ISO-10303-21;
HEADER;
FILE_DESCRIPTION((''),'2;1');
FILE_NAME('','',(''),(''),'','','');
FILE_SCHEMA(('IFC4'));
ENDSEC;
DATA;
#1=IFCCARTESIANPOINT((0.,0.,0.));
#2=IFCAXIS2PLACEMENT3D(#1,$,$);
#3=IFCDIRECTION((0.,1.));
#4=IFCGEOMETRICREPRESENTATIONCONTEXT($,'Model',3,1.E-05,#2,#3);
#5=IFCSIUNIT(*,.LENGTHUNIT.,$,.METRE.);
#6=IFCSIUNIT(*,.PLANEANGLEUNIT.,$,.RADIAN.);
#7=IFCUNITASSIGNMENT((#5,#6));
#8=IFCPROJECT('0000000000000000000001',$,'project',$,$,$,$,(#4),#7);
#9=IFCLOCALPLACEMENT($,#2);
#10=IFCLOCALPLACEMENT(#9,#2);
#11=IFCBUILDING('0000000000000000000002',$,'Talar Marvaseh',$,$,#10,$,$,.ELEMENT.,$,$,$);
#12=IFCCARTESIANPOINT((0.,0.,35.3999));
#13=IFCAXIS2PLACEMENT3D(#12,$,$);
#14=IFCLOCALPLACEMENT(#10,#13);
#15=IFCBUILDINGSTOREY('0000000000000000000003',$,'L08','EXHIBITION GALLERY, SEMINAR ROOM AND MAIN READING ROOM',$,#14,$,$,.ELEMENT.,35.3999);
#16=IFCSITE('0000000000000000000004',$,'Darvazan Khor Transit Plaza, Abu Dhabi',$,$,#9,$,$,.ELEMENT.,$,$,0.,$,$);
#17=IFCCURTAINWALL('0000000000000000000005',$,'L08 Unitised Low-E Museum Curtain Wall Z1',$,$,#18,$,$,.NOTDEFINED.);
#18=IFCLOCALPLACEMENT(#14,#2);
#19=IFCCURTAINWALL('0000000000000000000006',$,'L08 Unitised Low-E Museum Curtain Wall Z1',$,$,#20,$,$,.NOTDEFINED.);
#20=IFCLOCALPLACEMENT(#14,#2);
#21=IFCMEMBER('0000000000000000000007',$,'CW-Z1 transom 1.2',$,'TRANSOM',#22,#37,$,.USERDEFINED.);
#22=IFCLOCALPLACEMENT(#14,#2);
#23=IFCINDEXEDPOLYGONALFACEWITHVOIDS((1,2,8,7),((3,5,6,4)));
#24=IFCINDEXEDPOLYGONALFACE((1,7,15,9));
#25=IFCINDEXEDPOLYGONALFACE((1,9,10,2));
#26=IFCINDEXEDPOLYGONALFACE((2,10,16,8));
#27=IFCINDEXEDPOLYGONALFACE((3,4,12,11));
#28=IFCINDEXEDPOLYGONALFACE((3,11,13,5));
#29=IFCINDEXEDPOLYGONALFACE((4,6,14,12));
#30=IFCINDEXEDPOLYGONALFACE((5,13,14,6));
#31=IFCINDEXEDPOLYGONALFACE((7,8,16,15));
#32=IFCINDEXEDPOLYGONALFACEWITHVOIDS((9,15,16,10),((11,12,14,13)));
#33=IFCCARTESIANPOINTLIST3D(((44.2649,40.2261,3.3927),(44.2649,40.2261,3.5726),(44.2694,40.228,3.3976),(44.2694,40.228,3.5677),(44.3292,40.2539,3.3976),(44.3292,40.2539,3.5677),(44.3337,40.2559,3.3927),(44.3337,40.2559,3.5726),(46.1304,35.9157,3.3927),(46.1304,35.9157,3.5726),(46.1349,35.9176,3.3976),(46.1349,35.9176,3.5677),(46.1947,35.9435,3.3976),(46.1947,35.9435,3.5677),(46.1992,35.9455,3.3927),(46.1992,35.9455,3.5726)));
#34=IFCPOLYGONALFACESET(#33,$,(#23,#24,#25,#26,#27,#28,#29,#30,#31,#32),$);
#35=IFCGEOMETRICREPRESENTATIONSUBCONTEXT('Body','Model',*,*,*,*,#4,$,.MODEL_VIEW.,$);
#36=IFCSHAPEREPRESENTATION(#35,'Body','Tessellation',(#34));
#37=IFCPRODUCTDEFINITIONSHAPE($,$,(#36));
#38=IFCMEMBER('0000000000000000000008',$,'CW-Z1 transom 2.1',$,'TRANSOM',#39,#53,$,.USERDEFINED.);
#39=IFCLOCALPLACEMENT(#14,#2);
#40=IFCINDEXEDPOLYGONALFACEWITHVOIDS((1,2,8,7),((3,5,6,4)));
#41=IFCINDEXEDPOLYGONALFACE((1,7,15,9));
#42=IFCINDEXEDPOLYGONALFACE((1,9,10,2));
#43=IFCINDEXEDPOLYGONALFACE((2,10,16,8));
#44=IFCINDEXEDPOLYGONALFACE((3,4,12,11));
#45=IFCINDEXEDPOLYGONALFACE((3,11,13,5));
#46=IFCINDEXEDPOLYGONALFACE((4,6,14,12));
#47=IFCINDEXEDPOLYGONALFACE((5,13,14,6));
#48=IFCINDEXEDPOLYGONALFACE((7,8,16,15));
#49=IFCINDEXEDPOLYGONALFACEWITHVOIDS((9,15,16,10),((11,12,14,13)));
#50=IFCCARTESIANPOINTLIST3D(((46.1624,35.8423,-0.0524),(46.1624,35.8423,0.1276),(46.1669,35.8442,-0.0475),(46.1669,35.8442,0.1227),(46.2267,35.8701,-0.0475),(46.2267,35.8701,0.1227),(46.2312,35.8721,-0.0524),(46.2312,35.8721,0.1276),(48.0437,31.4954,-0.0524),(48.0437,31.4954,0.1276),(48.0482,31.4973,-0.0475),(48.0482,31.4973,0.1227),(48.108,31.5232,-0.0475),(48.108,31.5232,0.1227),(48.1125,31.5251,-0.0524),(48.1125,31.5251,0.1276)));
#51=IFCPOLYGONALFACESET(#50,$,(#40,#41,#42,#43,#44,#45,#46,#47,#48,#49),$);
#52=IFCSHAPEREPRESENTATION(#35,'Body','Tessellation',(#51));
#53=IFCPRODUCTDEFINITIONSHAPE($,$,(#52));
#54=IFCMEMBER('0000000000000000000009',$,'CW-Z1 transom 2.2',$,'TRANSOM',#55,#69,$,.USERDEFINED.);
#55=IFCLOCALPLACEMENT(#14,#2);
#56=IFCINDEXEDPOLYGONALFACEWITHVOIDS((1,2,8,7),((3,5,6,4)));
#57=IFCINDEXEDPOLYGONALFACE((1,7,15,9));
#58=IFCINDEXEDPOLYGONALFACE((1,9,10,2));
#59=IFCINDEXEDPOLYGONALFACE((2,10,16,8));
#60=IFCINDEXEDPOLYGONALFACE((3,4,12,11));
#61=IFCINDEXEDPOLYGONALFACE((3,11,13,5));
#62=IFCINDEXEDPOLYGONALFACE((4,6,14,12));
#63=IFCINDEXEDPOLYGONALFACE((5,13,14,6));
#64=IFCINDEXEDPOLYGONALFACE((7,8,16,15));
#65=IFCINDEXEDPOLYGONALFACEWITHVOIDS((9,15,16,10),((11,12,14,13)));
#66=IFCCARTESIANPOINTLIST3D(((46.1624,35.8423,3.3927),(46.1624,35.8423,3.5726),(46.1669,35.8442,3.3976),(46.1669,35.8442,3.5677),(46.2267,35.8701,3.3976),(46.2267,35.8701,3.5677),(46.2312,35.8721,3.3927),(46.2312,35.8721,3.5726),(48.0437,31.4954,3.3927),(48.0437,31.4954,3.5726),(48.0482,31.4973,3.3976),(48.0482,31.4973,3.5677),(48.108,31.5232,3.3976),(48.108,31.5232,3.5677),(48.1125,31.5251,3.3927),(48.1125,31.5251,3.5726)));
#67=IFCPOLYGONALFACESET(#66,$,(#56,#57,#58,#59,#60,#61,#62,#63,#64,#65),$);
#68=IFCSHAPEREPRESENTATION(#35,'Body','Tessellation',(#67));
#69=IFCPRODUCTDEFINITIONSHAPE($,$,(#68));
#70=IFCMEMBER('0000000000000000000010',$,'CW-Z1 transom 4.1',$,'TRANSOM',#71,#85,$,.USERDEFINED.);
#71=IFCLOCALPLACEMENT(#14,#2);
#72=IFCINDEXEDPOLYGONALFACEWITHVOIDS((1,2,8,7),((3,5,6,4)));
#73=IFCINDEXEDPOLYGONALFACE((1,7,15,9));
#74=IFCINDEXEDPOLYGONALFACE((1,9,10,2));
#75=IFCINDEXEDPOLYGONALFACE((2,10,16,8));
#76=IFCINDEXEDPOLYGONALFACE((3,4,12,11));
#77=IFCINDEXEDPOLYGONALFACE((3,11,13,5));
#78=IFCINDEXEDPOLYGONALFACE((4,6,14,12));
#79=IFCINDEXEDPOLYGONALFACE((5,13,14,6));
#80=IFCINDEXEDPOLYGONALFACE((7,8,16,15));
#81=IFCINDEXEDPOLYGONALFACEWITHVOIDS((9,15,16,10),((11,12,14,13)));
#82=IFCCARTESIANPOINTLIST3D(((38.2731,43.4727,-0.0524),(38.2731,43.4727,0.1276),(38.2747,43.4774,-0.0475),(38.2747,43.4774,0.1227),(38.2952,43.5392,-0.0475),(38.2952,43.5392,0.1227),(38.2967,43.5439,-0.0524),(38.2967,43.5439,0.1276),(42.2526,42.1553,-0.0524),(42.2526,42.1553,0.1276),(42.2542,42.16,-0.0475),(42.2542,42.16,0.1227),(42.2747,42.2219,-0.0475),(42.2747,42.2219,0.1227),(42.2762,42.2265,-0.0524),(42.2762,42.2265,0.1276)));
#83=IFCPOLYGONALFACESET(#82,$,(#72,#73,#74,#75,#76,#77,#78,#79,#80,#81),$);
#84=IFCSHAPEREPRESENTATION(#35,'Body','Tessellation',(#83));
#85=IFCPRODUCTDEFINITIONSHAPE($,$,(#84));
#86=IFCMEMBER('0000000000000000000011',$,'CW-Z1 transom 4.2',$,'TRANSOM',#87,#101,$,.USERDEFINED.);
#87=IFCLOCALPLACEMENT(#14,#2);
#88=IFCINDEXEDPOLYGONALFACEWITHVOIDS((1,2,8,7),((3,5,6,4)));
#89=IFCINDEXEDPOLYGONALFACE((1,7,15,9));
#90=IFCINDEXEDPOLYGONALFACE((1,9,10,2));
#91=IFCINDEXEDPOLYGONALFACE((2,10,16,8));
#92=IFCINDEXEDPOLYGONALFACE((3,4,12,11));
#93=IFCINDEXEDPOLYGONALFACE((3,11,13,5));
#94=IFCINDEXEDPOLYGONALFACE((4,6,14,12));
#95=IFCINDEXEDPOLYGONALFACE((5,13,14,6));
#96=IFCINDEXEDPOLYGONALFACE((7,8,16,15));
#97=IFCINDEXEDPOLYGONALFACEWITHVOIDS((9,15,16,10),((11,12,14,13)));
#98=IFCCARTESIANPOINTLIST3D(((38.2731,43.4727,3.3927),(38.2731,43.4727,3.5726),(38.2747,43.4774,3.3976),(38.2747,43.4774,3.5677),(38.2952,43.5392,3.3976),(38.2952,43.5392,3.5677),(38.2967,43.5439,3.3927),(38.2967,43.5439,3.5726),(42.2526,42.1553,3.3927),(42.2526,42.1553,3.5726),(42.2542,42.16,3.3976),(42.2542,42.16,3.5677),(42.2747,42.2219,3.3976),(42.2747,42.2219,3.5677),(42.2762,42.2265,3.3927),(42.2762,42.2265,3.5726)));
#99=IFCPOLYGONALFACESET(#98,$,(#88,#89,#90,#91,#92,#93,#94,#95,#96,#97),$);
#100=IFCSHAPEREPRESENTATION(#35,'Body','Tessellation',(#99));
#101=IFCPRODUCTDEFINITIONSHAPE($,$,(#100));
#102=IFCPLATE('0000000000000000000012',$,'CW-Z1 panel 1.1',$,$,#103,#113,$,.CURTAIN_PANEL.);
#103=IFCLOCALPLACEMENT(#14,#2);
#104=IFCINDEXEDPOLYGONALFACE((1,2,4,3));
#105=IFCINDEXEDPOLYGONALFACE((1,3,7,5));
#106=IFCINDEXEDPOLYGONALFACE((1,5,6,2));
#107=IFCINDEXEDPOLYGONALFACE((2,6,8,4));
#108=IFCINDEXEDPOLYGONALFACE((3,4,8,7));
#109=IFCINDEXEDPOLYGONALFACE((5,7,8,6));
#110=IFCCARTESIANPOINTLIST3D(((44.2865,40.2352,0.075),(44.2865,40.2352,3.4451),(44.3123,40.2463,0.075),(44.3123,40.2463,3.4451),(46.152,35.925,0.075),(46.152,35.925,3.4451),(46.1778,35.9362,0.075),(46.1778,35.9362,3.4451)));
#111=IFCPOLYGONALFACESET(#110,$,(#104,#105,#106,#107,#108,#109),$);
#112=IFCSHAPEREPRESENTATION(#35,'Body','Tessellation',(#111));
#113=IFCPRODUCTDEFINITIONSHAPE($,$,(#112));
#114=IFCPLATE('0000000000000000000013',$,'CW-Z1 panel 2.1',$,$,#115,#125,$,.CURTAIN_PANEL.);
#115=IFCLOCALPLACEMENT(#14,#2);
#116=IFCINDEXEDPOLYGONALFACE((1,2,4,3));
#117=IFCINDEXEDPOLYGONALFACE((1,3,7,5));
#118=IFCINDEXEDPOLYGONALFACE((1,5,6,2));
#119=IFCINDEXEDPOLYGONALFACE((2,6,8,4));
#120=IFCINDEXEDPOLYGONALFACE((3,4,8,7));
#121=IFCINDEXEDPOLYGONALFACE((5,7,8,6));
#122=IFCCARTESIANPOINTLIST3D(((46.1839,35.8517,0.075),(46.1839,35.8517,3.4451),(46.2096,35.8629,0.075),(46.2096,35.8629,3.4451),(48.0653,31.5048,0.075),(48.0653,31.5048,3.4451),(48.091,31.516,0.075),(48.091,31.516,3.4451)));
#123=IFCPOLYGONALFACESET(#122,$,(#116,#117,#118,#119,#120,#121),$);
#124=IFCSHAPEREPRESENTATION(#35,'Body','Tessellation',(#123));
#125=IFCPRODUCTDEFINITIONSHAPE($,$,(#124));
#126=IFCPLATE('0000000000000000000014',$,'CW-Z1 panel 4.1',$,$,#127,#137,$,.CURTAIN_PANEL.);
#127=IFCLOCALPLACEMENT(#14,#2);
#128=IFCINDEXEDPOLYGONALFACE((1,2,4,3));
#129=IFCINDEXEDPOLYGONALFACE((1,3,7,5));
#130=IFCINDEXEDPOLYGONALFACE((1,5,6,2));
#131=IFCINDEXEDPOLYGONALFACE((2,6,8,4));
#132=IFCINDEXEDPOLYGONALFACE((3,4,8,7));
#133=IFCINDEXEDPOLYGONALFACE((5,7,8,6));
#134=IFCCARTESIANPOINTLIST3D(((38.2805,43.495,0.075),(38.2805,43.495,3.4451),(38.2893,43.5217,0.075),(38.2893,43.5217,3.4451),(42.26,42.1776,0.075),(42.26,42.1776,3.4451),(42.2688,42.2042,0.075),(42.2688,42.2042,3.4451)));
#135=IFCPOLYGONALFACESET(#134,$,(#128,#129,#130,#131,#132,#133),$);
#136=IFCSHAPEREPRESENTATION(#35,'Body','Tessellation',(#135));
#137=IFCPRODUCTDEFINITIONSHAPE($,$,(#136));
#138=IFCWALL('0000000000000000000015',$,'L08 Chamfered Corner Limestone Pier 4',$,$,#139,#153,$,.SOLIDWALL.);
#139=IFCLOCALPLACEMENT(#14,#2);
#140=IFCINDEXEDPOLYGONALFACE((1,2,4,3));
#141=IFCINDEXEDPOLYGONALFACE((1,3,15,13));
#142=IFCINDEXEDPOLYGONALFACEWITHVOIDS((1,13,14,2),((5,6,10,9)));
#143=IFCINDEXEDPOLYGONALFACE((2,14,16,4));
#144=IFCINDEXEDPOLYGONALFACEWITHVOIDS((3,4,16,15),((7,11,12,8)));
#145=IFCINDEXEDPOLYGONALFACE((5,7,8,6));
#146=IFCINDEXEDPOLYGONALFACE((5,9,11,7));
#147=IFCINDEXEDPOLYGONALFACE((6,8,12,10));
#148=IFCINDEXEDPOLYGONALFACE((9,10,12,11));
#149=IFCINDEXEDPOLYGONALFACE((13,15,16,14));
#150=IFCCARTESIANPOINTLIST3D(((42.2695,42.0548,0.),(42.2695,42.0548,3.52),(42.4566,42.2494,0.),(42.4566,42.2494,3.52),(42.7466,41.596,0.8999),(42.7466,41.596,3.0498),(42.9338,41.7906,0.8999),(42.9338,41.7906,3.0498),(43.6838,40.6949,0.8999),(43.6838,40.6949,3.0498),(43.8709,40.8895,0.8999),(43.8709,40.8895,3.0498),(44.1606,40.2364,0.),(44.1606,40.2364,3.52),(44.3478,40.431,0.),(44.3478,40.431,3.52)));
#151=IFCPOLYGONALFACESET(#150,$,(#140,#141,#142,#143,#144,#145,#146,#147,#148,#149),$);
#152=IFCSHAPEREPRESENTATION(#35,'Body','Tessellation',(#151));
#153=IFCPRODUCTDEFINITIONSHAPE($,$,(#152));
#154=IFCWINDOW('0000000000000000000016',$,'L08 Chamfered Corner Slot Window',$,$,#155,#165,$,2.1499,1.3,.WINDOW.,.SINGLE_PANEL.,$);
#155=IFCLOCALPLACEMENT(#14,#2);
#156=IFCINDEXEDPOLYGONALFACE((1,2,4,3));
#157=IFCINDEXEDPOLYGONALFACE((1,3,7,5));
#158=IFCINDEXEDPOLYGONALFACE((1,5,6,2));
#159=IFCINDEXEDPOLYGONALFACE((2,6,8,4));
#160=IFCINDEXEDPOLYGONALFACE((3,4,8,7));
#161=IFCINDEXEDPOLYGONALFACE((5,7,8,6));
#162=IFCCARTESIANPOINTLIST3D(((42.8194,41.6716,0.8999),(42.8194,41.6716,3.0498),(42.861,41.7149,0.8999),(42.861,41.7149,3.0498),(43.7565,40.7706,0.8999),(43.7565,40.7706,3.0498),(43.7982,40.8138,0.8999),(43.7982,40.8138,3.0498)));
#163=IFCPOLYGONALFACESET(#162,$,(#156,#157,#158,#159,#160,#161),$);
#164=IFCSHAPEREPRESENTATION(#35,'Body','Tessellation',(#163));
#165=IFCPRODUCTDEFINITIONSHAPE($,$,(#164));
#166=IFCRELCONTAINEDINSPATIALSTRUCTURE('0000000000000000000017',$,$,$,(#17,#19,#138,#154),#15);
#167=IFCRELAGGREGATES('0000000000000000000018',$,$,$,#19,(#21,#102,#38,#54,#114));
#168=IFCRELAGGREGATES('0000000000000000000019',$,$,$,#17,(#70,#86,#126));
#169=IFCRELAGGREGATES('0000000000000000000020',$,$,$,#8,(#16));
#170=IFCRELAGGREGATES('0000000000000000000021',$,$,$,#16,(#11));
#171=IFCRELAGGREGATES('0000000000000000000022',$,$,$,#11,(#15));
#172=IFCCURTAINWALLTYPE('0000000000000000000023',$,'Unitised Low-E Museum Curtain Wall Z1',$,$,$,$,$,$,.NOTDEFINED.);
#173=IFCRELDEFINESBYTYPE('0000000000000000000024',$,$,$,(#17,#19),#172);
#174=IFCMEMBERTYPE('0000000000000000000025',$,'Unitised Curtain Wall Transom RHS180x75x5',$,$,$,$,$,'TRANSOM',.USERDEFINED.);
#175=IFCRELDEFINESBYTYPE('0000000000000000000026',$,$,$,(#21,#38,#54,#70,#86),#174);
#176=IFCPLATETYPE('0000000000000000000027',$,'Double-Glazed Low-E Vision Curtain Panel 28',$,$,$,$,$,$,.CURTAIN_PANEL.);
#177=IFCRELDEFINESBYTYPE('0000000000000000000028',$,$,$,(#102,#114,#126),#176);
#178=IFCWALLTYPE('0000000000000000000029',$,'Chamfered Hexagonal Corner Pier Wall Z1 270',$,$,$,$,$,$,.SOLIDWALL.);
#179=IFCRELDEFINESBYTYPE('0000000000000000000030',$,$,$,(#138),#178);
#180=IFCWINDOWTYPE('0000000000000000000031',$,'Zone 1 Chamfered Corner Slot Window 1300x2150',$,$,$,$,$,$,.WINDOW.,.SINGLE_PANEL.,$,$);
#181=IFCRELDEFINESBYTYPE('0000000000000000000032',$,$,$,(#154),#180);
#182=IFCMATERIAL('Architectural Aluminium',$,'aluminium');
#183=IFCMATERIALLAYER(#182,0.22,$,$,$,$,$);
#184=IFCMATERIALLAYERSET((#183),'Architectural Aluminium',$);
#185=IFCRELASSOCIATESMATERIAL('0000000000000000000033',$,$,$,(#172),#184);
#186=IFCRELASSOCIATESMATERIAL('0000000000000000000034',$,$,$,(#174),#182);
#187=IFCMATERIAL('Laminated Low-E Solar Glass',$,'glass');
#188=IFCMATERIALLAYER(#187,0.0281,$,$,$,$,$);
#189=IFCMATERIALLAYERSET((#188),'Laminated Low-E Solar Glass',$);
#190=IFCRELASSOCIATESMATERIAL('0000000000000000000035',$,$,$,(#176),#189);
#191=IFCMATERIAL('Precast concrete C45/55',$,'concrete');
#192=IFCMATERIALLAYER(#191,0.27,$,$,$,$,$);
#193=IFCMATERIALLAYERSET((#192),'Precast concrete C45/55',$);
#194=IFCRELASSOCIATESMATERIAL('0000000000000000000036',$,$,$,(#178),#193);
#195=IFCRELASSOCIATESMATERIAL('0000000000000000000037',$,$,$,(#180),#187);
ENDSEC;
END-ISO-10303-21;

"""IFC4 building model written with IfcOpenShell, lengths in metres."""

from ifc_helpers import new_model, si_unit, direction, frame, frame_2d, origin, origin_2d, place, context, subcontext, project, spatial, rectangle, hollow_rectangle, extrude, source, transform, mapped, material, layer, layer_set, material_profile, profile_set, type_object, type_shapes, element, fill, aggregate, save


model = new_model("IFC4")

# Units and contexts
model_context = context("Model", 3, precision=1e-05, world=origin(), true_north=direction((0.0, 1.0)))
body_context = subcontext(model_context, "Body", "Model", "MODEL_VIEW")
ifc_project = project(units=[si_unit("LENGTHUNIT", "METRE"), si_unit("PLANEANGLEUNIT", "RADIAN")], contexts=[model_context])

# Site, building, storey
site_placement = place(None, origin())
site = spatial("IfcSite", under=ifc_project, at=site_placement, Name="Darvazan Khor Transit Plaza, Abu Dhabi", CompositionType="ELEMENT", RefElevation=0.0)
building_placement = place(site_placement, origin())
building = spatial("IfcBuilding", under=site, at=building_placement, Name="Talar Marvaseh", CompositionType="ELEMENT")
storey_placement = place(building_placement, frame((0.0, 0.0, 35.3999)))
storey = spatial("IfcBuildingStorey", under=building, at=storey_placement, Name="L08", Description="EXHIBITION GALLERY, SEMINAR ROOM AND MAIN READING ROOM", CompositionType="ELEMENT", Elevation=35.3999)

# Curtain wall
ifc_material_1 = material(Name="Architectural Aluminium", Category="aluminium")
ifc_layer_1 = layer(ifc_material_1, 0.22)
ifc_layer_set_1 = layer_set([ifc_layer_1], Name="Architectural Aluminium")
curtain_wall_type = type_object("IfcCurtainWallType", Name="Unitised Low-E Museum Curtain Wall Z1", PredefinedType="NOTDEFINED", material=ifc_layer_set_1)
curtain_wall_1_placement = place(storey_placement, origin())
curtain_wall_1 = element("IfcCurtainWall", 1, at=curtain_wall_1_placement, inside=storey, type_object=curtain_wall_type, Name="L08 Unitised Low-E Museum Curtain Wall Z1", PredefinedType="NOTDEFINED")

# Curtain wall, members
curtain_wall_2_placement = place(storey_placement, origin())
curtain_wall_2 = element("IfcCurtainWall", 2, at=curtain_wall_2_placement, inside=storey, type_object=curtain_wall_type, Name="L08 Unitised Low-E Museum Curtain Wall Z1", PredefinedType="NOTDEFINED")
ifc_material_profile_1 = material_profile(ifc_material_1, hollow_rectangle(XDim=0.075, YDim=0.1799, WallThickness=0.0049, at=origin_2d()), Name="RHS180x75x5")
ifc_profile_set_1 = profile_set([ifc_material_profile_1], Name="Architectural Aluminium")
member_type_1 = type_object("IfcMemberType", Name="Unitised Curtain Wall Transom RHS180x75x5", ElementType="TRANSOM", PredefinedType="USERDEFINED", material=ifc_profile_set_1)
shared_shape_1 = source(origin(), body_context, "Body", "SweptSolid", [
    extrude(hollow_rectangle(XDim=0.075, YDim=0.1799, WallThickness=0.0049, at=origin_2d()), origin(), (0.0, 0.0, 1.0), 4.6968),
])
member_1_placement = place(storey_placement, frame((44.2993, 40.241, 3.4827), z_axis=(0.397192, -0.917736, 0.0), x_axis=(0.917736, 0.397192, 0.0)))
member_1 = element("IfcMember", 3, at=member_1_placement, type_object=member_type_1, Name="CW-Z1 transom 1.2", ObjectType="TRANSOM", PredefinedType="USERDEFINED", context=body_context, shape_type="MappedRepresentation", body=[
    mapped(shared_shape_1, transform((0.0, 0.0, 0.0), x_axis=(1.0, 0.0, 0.0), y_axis=(0.0, 1.0, 0.0), z_axis=(0.0, 0.0, 1.0), scale=1.0)),
])
shared_shape_2 = source(origin(), body_context, "Body", "SweptSolid", [
    extrude(hollow_rectangle(XDim=0.075, YDim=0.1799, WallThickness=0.0049, at=origin_2d()), origin(), (0.0, 0.0, 1.0), 4.7366),
])
member_2_placement = place(storey_placement, frame((46.1968, 35.8572, 0.0376), z_axis=(0.397195, -0.917734, 0.0), x_axis=(0.917734, 0.397195, 0.0)))
member_2 = element("IfcMember", 4, at=member_2_placement, type_object=member_type_1, Name="CW-Z1 transom 2.1", ObjectType="TRANSOM", PredefinedType="USERDEFINED", context=body_context, shape_type="MappedRepresentation", body=[
    mapped(shared_shape_2, transform((0.0, 0.0, 0.0), x_axis=(1.0, 0.0, 0.0), y_axis=(0.0, 1.0, 0.0), z_axis=(0.0, 0.0, 1.0), scale=1.0)),
])
member_3_placement = place(storey_placement, frame((46.1968, 35.8572, 3.4827), z_axis=(0.397195, -0.917734, 0.0), x_axis=(0.917734, 0.397195, 0.0)))
member_3 = element("IfcMember", 5, at=member_3_placement, type_object=member_type_1, Name="CW-Z1 transom 2.2", ObjectType="TRANSOM", PredefinedType="USERDEFINED", context=body_context, shape_type="MappedRepresentation", body=[
    mapped(shared_shape_2, transform((0.0, 0.0, 0.0), x_axis=(1.0, 0.0, 0.0), y_axis=(0.0, 1.0, 0.0), z_axis=(0.0, 0.0, 1.0), scale=1.0)),
])

# Members
shared_shape_3 = source(origin(), body_context, "Body", "SweptSolid", [
    extrude(hollow_rectangle(XDim=0.075, YDim=0.1799, WallThickness=0.0049, at=origin_2d()), origin(), (0.0, 0.0, 1.0), 4.1919),
])
type_shapes(member_type_1, [shared_shape_1, shared_shape_2, shared_shape_3])
member_4_placement = place(storey_placement, frame((38.2849, 43.5083, 0.0376), z_axis=(0.949334, -0.31427, 0.0), x_axis=(0.31427, 0.949334, 0.0)))
member_4 = element("IfcMember", 6, at=member_4_placement, type_object=member_type_1, Name="CW-Z1 transom 4.1", ObjectType="TRANSOM", PredefinedType="USERDEFINED", context=body_context, shape_type="MappedRepresentation", body=[
    mapped(shared_shape_3, transform((0.0, 0.0, 0.0), x_axis=(1.0, 0.0, 0.0), y_axis=(0.0, 1.0, 0.0), z_axis=(0.0, 0.0, 1.0), scale=1.0)),
])
member_5_placement = place(storey_placement, frame((38.2849, 43.5083, 3.4827), z_axis=(0.949334, -0.31427, 0.0), x_axis=(0.31427, 0.949334, 0.0)))
member_5 = element("IfcMember", 7, at=member_5_placement, type_object=member_type_1, Name="CW-Z1 transom 4.2", ObjectType="TRANSOM", PredefinedType="USERDEFINED", context=body_context, shape_type="MappedRepresentation", body=[
    mapped(shared_shape_3, transform((0.0, 0.0, 0.0), x_axis=(1.0, 0.0, 0.0), y_axis=(0.0, 1.0, 0.0), z_axis=(0.0, 0.0, 1.0), scale=1.0)),
])

# Plates
ifc_material_2 = material(Name="Laminated Low-E Solar Glass", Category="glass")
ifc_layer_2 = layer(ifc_material_2, 0.0281)
ifc_layer_set_2 = layer_set([ifc_layer_2], Name="Laminated Low-E Solar Glass")
plate_type = type_object("IfcPlateType", Name="Double-Glazed Low-E Vision Curtain Panel 28", PredefinedType="CURTAIN_PANEL", material=ifc_layer_set_2)
shared_shape_4 = source(origin(), body_context, "Body", "SweptSolid", [
    extrude(rectangle(XDim=4.6965, YDim=0.0281, at=origin_2d()), origin(), (0.0, 0.0, 1.0), 3.3701),
])
plate_1_placement = place(storey_placement, frame((45.2322, 38.0857, 0.075), z_axis=(0.0, 0.0, 1.0), x_axis=(0.39721, -0.917728, 0.0)))
plate_1 = element("IfcPlate", 8, at=plate_1_placement, type_object=plate_type, Name="CW-Z1 panel 1.1", PredefinedType="CURTAIN_PANEL", context=body_context, shape_type="MappedRepresentation", body=[
    mapped(shared_shape_4, transform((0.0, 0.0, 0.0), x_axis=(1.0, 0.0, 0.0), y_axis=(0.0, 1.0, 0.0), z_axis=(0.0, 0.0, 1.0), scale=1.0)),
])
shared_shape_5 = source(origin(), body_context, "Body", "SweptSolid", [
    extrude(rectangle(XDim=4.7366, YDim=0.0281, at=origin_2d()), origin(), (0.0, 0.0, 1.0), 3.3701),
])
plate_2_placement = place(storey_placement, frame((47.1375, 33.6838, 0.075), z_axis=(0.0, 0.0, 1.0), x_axis=(0.39721, -0.917728, 0.0)))
plate_2 = element("IfcPlate", 9, at=plate_2_placement, type_object=plate_type, Name="CW-Z1 panel 2.1", PredefinedType="CURTAIN_PANEL", context=body_context, shape_type="MappedRepresentation", body=[
    mapped(shared_shape_5, transform((0.0, 0.0, 0.0), x_axis=(1.0, 0.0, 0.0), y_axis=(0.0, 1.0, 0.0), z_axis=(0.0, 0.0, 1.0), scale=1.0)),
])
aggregate(curtain_wall_2, [member_1, plate_1, member_2, member_3, plate_2])
shared_shape_6 = source(origin(), body_context, "Body", "SweptSolid", [
    extrude(rectangle(XDim=4.1919, YDim=0.0281, at=origin_2d()), origin(), (0.0, 0.0, 1.0), 3.3701),
])
type_shapes(plate_type, [shared_shape_4, shared_shape_5, shared_shape_6])
plate_3_placement = place(storey_placement, frame((40.2747, 42.8496, 0.075), z_axis=(0.0, 0.0, 1.0), x_axis=(0.949328, -0.314288, 0.0)))
plate_3 = element("IfcPlate", 10, at=plate_3_placement, type_object=plate_type, Name="CW-Z1 panel 4.1", PredefinedType="CURTAIN_PANEL", context=body_context, shape_type="MappedRepresentation", body=[
    mapped(shared_shape_6, transform((0.0, 0.0, 0.0), x_axis=(1.0, 0.0, 0.0), y_axis=(0.0, 1.0, 0.0), z_axis=(0.0, 0.0, 1.0), scale=1.0)),
])
aggregate(curtain_wall_1, [member_4, member_5, plate_3])

# Wall, opening, window
ifc_material_3 = material(Name="Precast concrete C45/55", Category="concrete")
ifc_layer_3 = layer(ifc_material_3, 0.27)
ifc_layer_set_3 = layer_set([ifc_layer_3], Name="Precast concrete C45/55")
wall_type = type_object("IfcWallType", Name="Chamfered Hexagonal Corner Pier Wall Z1 270", PredefinedType="SOLIDWALL", material=ifc_layer_set_3)
wall_placement = place(storey_placement, frame((42.363, 42.1521, 0.0), z_axis=(0.0, 0.0, 1.0), x_axis=(0.720837, -0.693105, 0.0)))
wall = element("IfcWall", 11, at=wall_placement, inside=storey, type_object=wall_type, Name="L08 Chamfered Corner Limestone Pier 4", PredefinedType="SOLIDWALL", context=body_context, shape_type="SweptSolid", body=[
    extrude(rectangle(XDim=2.6235, YDim=0.27, at=frame_2d((1.3118, 0.0))), origin(), (0.0, 0.0, 1.0), 3.52),
])
opening_placement = place(wall_placement, frame((0.6621, 0.0, 0.8999)))
opening = element("IfcOpeningElement", 12, at=opening_placement, cuts=wall, PredefinedType="OPENING", context=body_context, shape_type="SweptSolid", body=[
    extrude(rectangle(XDim=1.3, YDim=2.1499, at=frame_2d((0.6499, 1.075))), frame((0.0, 0.145, 0.0), z_axis=(0.0, -1.0, 0.0), x_axis=(1.0, 0.0, 0.0)), (0.0, 0.0, 1.0), 0.29),
])
window_type = type_object("IfcWindowType", Name="Zone 1 Chamfered Corner Slot Window 1300x2150", PartitioningType="SINGLE_PANEL", PredefinedType="WINDOW", material=ifc_material_2)
shared_shape_7 = source(origin(), body_context, "Body", "SweptSolid", [
    extrude(rectangle(XDim=1.3, YDim=2.1499, at=frame_2d((0.6499, 1.075))), frame((0.0, 0.03, 0.0), z_axis=(0.0, -1.0, 0.0), x_axis=(1.0, 0.0, 0.0)), (0.0, 0.0, 1.0), 0.0601),
])
type_shapes(window_type, [shared_shape_7])
window_placement = place(opening_placement, origin())
window = element("IfcWindow", 13, at=window_placement, inside=storey, type_object=window_type, Name="L08 Chamfered Corner Slot Window", OverallHeight=2.1499, OverallWidth=1.3, PartitioningType="SINGLE_PANEL", PredefinedType="WINDOW", context=body_context, shape_type="MappedRepresentation", body=[
    mapped(shared_shape_7, transform((0.0, 0.0, 0.0), x_axis=(1.0, 0.0, 0.0), y_axis=(0.0, 1.0, 0.0), z_axis=(0.0, 0.0, 1.0), scale=1.0)),
])
fill(opening, window)

save(model, "model.ifc")
